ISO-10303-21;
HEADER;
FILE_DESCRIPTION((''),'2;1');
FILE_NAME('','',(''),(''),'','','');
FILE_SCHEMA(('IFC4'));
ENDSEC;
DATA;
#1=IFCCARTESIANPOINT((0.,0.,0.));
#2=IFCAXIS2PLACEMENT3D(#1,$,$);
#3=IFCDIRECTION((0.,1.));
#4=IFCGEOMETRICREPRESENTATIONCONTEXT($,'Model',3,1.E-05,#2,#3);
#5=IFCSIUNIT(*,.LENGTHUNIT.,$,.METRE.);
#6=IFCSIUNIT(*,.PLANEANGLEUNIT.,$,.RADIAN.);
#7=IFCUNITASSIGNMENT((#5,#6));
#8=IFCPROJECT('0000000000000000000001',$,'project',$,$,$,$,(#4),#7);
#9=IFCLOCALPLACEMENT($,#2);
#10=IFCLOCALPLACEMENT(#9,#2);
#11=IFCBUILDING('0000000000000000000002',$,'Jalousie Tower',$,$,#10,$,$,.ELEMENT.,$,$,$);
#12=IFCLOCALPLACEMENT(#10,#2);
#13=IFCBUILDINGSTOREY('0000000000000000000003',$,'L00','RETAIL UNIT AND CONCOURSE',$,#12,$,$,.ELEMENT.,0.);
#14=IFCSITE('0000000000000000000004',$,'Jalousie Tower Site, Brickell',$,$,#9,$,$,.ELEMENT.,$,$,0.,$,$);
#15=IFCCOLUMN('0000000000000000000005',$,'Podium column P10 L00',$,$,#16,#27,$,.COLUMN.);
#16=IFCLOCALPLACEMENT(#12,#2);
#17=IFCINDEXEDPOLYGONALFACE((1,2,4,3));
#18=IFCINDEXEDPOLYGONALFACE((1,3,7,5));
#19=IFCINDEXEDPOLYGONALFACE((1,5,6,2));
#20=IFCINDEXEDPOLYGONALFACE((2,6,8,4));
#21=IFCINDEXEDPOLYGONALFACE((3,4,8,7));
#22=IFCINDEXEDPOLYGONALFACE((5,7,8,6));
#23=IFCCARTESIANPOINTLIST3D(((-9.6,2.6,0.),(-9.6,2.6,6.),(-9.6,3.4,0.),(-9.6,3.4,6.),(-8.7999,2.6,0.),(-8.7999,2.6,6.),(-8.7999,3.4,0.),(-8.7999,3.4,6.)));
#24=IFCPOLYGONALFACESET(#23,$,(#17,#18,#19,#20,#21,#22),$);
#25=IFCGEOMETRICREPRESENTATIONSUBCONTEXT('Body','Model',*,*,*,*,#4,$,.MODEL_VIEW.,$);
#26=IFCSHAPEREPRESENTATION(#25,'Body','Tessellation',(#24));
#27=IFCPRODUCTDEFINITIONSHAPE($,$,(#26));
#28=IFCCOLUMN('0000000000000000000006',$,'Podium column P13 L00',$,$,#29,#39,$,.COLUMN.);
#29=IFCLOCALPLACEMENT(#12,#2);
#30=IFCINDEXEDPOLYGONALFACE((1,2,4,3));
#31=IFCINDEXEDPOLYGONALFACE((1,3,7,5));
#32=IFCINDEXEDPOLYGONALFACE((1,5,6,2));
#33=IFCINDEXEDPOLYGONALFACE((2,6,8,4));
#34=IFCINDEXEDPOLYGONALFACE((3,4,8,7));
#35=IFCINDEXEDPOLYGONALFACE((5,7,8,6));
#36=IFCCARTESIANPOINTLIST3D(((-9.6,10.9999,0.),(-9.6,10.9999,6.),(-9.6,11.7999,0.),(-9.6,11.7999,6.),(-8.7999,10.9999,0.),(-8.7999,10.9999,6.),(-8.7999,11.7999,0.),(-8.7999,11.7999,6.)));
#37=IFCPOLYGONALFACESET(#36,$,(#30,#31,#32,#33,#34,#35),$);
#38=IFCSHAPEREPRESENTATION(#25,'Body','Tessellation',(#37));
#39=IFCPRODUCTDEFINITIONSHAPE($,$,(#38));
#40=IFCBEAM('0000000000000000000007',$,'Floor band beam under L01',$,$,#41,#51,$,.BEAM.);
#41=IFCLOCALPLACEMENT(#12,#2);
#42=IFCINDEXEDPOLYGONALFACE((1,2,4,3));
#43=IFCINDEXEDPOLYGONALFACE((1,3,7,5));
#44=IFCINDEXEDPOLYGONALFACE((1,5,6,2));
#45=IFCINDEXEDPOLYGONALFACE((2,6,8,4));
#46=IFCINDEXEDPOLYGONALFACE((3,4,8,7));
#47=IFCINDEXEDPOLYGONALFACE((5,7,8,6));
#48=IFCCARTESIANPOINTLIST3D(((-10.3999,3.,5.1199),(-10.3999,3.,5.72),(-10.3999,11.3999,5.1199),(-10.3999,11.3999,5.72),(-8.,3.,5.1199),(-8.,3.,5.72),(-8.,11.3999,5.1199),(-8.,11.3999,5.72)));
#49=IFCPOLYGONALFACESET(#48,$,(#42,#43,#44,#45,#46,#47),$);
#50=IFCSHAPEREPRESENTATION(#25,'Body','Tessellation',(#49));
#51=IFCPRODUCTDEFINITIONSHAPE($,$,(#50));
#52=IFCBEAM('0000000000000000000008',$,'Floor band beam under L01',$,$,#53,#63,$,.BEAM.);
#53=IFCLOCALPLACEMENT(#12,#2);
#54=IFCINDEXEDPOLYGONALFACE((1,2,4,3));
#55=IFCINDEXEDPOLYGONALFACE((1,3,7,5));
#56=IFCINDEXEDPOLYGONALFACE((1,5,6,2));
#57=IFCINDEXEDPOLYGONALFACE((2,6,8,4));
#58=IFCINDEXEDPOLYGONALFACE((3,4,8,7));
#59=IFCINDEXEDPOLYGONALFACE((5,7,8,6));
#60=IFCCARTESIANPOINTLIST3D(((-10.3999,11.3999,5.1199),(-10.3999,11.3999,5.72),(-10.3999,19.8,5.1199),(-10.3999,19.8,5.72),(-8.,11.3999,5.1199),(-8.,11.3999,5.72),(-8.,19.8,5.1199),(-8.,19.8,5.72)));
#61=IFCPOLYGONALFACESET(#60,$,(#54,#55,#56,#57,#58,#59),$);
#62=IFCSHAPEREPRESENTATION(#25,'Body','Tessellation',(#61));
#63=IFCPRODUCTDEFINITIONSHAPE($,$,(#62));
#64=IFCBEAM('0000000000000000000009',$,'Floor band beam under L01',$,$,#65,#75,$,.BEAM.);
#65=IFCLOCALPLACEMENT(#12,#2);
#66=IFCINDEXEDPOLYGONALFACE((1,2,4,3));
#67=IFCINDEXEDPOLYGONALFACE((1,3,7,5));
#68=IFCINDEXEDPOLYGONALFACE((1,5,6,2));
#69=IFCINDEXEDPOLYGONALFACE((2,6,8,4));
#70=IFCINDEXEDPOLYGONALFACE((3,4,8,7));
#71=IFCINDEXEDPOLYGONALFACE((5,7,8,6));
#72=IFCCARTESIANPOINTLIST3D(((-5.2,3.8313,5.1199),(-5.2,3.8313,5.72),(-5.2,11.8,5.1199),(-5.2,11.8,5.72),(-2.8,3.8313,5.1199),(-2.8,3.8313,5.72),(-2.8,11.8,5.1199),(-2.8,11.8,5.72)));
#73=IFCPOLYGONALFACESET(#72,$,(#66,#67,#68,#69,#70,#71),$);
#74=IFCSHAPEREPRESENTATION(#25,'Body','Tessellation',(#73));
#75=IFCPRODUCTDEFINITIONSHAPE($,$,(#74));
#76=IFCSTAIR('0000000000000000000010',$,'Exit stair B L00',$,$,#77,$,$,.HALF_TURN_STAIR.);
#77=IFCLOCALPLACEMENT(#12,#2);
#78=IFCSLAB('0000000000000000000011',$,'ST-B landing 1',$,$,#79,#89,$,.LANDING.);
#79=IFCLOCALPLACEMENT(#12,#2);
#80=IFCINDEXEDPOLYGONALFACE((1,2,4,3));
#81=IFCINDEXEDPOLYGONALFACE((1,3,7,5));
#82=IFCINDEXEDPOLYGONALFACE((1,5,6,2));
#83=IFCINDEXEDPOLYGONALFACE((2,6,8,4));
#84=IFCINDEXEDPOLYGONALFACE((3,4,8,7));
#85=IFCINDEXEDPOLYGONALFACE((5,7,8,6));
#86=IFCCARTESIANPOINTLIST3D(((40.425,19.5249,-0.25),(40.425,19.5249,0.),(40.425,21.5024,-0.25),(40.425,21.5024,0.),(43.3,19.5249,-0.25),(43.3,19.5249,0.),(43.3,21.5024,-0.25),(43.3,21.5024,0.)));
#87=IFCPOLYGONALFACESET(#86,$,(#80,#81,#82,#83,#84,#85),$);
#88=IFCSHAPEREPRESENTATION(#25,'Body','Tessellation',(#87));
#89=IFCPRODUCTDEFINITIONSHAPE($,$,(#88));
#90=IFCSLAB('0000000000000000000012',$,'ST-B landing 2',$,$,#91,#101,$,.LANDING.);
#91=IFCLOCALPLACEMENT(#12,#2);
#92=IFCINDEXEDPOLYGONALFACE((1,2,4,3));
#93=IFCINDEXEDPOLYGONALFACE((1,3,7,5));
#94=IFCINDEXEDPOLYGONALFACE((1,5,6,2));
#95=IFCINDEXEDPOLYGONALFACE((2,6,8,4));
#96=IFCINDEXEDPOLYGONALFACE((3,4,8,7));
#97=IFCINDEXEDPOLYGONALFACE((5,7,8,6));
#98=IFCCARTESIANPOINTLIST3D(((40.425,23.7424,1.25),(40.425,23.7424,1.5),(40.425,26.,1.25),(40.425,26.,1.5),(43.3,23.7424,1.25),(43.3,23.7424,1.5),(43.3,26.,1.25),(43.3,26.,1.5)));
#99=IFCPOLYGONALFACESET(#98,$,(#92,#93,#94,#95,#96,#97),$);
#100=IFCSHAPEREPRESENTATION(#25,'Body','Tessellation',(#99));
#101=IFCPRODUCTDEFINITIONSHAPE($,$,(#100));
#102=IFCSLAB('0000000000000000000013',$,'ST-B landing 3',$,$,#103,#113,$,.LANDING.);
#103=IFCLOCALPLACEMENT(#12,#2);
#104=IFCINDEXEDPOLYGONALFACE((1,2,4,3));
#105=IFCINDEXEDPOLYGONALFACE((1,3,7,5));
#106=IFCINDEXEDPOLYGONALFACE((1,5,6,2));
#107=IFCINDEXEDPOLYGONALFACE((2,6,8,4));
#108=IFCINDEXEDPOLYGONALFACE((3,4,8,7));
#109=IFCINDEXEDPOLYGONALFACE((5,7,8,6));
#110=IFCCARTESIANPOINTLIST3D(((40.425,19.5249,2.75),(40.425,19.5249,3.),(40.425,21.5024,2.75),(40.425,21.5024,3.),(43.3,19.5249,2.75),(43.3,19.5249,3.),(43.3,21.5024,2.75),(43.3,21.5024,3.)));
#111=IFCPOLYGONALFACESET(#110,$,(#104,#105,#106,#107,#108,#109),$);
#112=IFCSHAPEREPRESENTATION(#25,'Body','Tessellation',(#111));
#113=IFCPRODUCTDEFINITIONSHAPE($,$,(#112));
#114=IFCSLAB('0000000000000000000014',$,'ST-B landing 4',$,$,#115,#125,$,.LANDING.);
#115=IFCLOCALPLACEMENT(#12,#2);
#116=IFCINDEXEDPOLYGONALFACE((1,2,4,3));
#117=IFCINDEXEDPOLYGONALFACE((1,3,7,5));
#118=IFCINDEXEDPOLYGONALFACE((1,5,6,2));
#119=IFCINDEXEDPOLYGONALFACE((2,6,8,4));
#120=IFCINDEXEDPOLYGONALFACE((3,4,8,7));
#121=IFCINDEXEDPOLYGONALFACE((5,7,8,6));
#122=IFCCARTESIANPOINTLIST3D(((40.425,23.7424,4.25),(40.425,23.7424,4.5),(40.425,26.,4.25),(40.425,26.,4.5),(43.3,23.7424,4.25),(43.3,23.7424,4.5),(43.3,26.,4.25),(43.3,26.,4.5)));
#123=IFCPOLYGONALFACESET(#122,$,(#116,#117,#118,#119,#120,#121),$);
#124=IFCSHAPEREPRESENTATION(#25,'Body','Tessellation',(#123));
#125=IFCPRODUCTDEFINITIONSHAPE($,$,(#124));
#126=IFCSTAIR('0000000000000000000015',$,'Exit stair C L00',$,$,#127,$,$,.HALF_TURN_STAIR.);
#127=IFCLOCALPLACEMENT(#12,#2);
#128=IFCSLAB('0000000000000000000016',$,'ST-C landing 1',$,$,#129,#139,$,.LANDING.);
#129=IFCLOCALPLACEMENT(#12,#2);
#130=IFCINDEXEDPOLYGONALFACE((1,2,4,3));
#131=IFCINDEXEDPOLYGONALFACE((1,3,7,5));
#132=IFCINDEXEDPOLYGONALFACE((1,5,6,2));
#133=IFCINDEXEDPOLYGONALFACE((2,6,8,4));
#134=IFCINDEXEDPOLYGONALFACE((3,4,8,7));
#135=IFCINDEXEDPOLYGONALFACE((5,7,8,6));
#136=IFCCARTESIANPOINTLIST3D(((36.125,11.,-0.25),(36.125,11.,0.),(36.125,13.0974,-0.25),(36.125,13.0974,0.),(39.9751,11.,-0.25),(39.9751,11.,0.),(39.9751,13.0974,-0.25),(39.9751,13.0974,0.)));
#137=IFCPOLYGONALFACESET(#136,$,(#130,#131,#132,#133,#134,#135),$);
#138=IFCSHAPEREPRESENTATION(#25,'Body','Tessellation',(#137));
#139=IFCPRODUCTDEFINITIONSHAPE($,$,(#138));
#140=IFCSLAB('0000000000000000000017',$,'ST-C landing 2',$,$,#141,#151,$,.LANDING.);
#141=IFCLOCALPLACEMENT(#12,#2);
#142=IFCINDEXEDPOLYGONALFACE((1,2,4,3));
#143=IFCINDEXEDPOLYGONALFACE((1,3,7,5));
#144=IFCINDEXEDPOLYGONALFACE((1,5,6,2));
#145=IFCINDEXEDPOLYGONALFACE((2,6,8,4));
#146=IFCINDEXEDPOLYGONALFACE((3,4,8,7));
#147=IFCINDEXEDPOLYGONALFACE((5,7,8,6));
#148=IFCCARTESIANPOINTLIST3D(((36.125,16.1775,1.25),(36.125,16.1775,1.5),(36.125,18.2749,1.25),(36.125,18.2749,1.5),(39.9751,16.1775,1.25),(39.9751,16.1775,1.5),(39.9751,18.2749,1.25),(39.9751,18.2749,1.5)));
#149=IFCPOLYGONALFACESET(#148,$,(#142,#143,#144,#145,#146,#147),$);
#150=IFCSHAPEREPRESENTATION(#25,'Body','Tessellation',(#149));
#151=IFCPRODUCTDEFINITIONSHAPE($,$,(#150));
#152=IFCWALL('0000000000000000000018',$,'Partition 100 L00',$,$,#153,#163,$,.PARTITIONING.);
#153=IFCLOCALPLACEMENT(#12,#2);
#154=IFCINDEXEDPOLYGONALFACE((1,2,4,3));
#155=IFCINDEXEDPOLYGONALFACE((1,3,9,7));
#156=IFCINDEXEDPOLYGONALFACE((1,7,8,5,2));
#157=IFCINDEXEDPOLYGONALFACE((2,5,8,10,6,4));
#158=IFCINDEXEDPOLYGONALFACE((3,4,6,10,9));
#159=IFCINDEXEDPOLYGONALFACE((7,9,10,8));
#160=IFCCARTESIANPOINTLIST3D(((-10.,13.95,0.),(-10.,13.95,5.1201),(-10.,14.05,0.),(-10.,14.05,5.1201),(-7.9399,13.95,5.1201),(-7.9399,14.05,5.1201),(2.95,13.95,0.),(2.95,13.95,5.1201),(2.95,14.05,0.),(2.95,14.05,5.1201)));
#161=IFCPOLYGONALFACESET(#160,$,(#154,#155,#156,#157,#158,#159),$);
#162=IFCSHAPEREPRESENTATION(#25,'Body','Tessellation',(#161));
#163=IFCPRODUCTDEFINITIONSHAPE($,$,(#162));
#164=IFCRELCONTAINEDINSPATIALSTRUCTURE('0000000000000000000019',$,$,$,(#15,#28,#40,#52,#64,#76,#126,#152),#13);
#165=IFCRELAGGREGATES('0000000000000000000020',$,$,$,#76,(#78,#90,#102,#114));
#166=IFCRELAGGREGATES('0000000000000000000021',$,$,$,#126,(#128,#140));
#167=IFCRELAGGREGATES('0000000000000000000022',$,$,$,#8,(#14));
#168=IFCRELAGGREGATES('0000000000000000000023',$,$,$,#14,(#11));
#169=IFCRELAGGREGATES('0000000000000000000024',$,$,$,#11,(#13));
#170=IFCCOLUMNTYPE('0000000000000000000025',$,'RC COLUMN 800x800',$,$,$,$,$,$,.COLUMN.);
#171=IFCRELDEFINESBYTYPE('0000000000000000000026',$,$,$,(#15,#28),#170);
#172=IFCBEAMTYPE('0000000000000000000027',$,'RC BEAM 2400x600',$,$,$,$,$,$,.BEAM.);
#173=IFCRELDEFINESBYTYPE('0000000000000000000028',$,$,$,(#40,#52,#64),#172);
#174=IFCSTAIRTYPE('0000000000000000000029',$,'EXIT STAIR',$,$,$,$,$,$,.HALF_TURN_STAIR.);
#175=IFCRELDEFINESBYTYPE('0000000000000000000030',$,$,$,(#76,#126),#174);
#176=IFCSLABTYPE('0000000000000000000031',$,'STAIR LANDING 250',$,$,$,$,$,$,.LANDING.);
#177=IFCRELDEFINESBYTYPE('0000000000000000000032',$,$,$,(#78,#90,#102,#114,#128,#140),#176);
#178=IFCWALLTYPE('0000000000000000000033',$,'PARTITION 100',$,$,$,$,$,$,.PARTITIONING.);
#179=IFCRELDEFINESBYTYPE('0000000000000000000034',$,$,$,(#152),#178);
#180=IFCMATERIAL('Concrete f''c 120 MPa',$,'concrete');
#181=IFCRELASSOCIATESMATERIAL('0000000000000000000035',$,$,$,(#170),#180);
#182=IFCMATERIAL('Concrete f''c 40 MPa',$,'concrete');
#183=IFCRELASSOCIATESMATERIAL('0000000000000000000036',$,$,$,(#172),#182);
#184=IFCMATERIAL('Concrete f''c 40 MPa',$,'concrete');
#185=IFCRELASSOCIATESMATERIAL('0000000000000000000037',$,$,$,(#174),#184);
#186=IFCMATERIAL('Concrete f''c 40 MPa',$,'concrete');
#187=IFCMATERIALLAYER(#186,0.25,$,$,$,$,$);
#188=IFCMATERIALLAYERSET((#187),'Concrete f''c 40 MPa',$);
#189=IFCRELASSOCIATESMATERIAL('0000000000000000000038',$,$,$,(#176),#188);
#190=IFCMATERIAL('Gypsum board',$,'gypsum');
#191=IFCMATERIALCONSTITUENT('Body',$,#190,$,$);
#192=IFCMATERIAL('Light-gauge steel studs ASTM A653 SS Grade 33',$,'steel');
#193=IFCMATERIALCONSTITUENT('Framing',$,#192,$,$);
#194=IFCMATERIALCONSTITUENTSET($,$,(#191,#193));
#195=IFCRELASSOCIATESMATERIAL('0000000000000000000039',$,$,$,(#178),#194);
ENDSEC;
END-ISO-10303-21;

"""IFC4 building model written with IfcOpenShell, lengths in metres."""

from ifc_helpers import new_model, si_unit, direction, frame, origin, origin_2d, place, context, subcontext, project, spatial, polyline, rectangle, outline, extrude, material, layer, layer_set, constituent, constituent_set, material_profile, profile_set, type_object, element, aggregate, save


model = new_model("IFC4")

# Units and contexts
model_context = context("Model", 3, precision=1e-05, world=origin(), true_north=direction((0.0, 1.0)))
body_context = subcontext(model_context, "Body", "Model", "MODEL_VIEW")
ifc_project = project(units=[si_unit("LENGTHUNIT", "METRE"), si_unit("PLANEANGLEUNIT", "RADIAN")], contexts=[model_context])

# Site, building, storey
site_placement = place(None, origin())
site = spatial("IfcSite", under=ifc_project, at=site_placement, Name="Jalousie Tower Site, Brickell", CompositionType="ELEMENT", RefElevation=0.0)
building_placement = place(site_placement, origin())
building = spatial("IfcBuilding", under=site, at=building_placement, Name="Jalousie Tower", CompositionType="ELEMENT")
storey_placement = place(building_placement, origin())
storey = spatial("IfcBuildingStorey", under=building, at=storey_placement, Name="L00", Description="RETAIL UNIT AND CONCOURSE", CompositionType="ELEMENT", Elevation=0.0)

# Columns
ifc_material_1 = material(Name="Concrete f'c 120 MPa", Category="concrete")
ifc_material_profile_1 = material_profile(ifc_material_1, rectangle(XDim=0.8, YDim=0.8, at=origin_2d()), Name="RC 800x800")
ifc_profile_set_1 = profile_set([ifc_material_profile_1], Name="Concrete f'c 120 MPa")
column_type = type_object("IfcColumnType", Name="RC COLUMN 800x800", PredefinedType="COLUMN", material=ifc_profile_set_1)
for number, where, z_axis, x_axis, name in (
    (1, (-9.2, 3.0, 0.0), (0.0, 0.0, 1.0), (1.0, 0.0, 0.0), "Podium column P10 L00"),
    (2, (-9.2, 11.3999, 0.0), (0.0, 0.0, 1.0), (1.0, 0.0, 0.0), "Podium column P13 L00"),
):
    element("IfcColumn", number, at=place(storey_placement, frame(where, z_axis=z_axis, x_axis=x_axis)), inside=storey, type_object=column_type, Name=name, PredefinedType="COLUMN", context=body_context, shape_type="SweptSolid", body=[
        extrude(rectangle(XDim=0.8, YDim=0.8, at=origin_2d()), origin(), (0.0, 0.0, 1.0), 6.0),
    ])

# Beams
ifc_material_2 = material(Name="Concrete f'c 40 MPa", Category="concrete")
ifc_material_profile_2 = material_profile(ifc_material_2, rectangle(XDim=2.3999, YDim=0.6001, at=origin_2d()), Name="RC 2400x600")
ifc_profile_set_2 = profile_set([ifc_material_profile_2], Name="Concrete f'c 40 MPa")
beam_type = type_object("IfcBeamType", Name="RC BEAM 2400x600", PredefinedType="BEAM", material=ifc_profile_set_2)
beam_1_placement = place(storey_placement, frame((-9.2, 3.0, 5.4199), z_axis=(0.0, 1.0, 0.0), x_axis=(-1.0, 0.0, 0.0)))
element("IfcBeam", 3, at=beam_1_placement, inside=storey, type_object=beam_type, Name="Floor band beam under L01", PredefinedType="BEAM", context=body_context, shape_type="SweptSolid", body=[
    extrude(rectangle(XDim=2.3999, YDim=0.6001, at=origin_2d()), origin(), (0.0, 0.0, 1.0), 8.3999),
])
beam_2_placement = place(storey_placement, frame((-9.2, 11.3999, 5.4199), z_axis=(0.0, 1.0, 0.0), x_axis=(-1.0, 0.0, 0.0)))
element("IfcBeam", 4, at=beam_2_placement, inside=storey, type_object=beam_type, Name="Floor band beam under L01", PredefinedType="BEAM", context=body_context, shape_type="SweptSolid", body=[
    extrude(rectangle(XDim=2.3999, YDim=0.6001, at=origin_2d()), origin(), (0.0, 0.0, 1.0), 8.4001),
])
beam_3_placement = place(storey_placement, frame((-4.0, 3.8313, 5.4199), z_axis=(0.0, 1.0, 0.0), x_axis=(-1.0, 0.0, 0.0)))
element("IfcBeam", 5, at=beam_3_placement, inside=storey, type_object=beam_type, Name="Floor band beam under L01", PredefinedType="BEAM", context=body_context, shape_type="SweptSolid", body=[
    extrude(rectangle(XDim=2.3999, YDim=0.6001, at=origin_2d()), origin(), (0.0, 0.0, 1.0), 7.9688),
])

# Stairs, slabs
ifc_material_3 = material(Name="Concrete f'c 40 MPa", Category="concrete")
stair_type = type_object("IfcStairType", Name="EXIT STAIR", PredefinedType="HALF_TURN_STAIR", material=ifc_material_3)
stair_1_placement = place(storey_placement, origin())
stair_1 = element("IfcStair", 6, at=stair_1_placement, inside=storey, type_object=stair_type, Name="Exit stair B L00", PredefinedType="HALF_TURN_STAIR")
ifc_material_4 = material(Name="Concrete f'c 40 MPa", Category="concrete")
ifc_layer = layer(ifc_material_4, 0.25)
ifc_layer_set = layer_set([ifc_layer], Name="Concrete f'c 40 MPa")
slab_type = type_object("IfcSlabType", Name="STAIR LANDING 250", PredefinedType="LANDING", material=ifc_layer_set)
slab_1_placement = place(storey_placement, frame((0.0, 0.0, -0.25)))
slab_1 = element("IfcSlab", 7, at=slab_1_placement, type_object=slab_type, Name="ST-B landing 1", PredefinedType="LANDING", context=body_context, shape_type="SweptSolid", body=[
    extrude(outline(polyline([(40.425, 19.5249), (43.3, 19.5249), (43.3, 21.5024), (40.425, 21.5024), (40.425, 19.5249)])), origin(), (0.0, 0.0, 1.0), 0.25),
])
slab_2_placement = place(storey_placement, frame((0.0, 0.0, 1.25)))
slab_2 = element("IfcSlab", 8, at=slab_2_placement, type_object=slab_type, Name="ST-B landing 2", PredefinedType="LANDING", context=body_context, shape_type="SweptSolid", body=[
    extrude(outline(polyline([(40.425, 23.7424), (43.3, 23.7424), (43.3, 26.0), (40.425, 26.0), (40.425, 23.7424)])), origin(), (0.0, 0.0, 1.0), 0.25),
])
slab_3_placement = place(storey_placement, frame((0.0, 0.0, 2.75)))
slab_3 = element("IfcSlab", 9, at=slab_3_placement, type_object=slab_type, Name="ST-B landing 3", PredefinedType="LANDING", context=body_context, shape_type="SweptSolid", body=[
    extrude(outline(polyline([(40.425, 19.5249), (43.3, 19.5249), (43.3, 21.5024), (40.425, 21.5024), (40.425, 19.5249)])), origin(), (0.0, 0.0, 1.0), 0.25),
])
slab_4_placement = place(storey_placement, frame((0.0, 0.0, 4.25)))
slab_4 = element("IfcSlab", 10, at=slab_4_placement, type_object=slab_type, Name="ST-B landing 4", PredefinedType="LANDING", context=body_context, shape_type="SweptSolid", body=[
    extrude(outline(polyline([(40.425, 23.7424), (43.3, 23.7424), (43.3, 26.0), (40.425, 26.0), (40.425, 23.7424)])), origin(), (0.0, 0.0, 1.0), 0.25),
])
aggregate(stair_1, [slab_1, slab_2, slab_3, slab_4])
stair_2_placement = place(storey_placement, origin())
stair_2 = element("IfcStair", 11, at=stair_2_placement, inside=storey, type_object=stair_type, Name="Exit stair C L00", PredefinedType="HALF_TURN_STAIR")
slab_5_placement = place(storey_placement, frame((0.0, 0.0, -0.25)))
slab_5 = element("IfcSlab", 12, at=slab_5_placement, type_object=slab_type, Name="ST-C landing 1", PredefinedType="LANDING", context=body_context, shape_type="SweptSolid", body=[
    extrude(outline(polyline([(36.125, 11.0), (39.9751, 11.0), (39.9751, 13.0974), (36.125, 13.0974), (36.125, 11.0)])), origin(), (0.0, 0.0, 1.0), 0.25),
])
slab_6_placement = place(storey_placement, frame((0.0, 0.0, 1.25)))
slab_6 = element("IfcSlab", 13, at=slab_6_placement, type_object=slab_type, Name="ST-C landing 2", PredefinedType="LANDING", context=body_context, shape_type="SweptSolid", body=[
    extrude(outline(polyline([(36.125, 16.1775), (39.9751, 16.1775), (39.9751, 18.2749), (36.125, 18.2749), (36.125, 16.1775)])), origin(), (0.0, 0.0, 1.0), 0.25),
])
aggregate(stair_2, [slab_5, slab_6])

# Wall
ifc_material_5 = material(Name="Gypsum board", Category="gypsum")
ifc_constituent_1 = constituent(ifc_material_5, Name="Body")
ifc_material_6 = material(Name="Light-gauge steel studs ASTM A653 SS Grade 33", Category="steel")
ifc_constituent_2 = constituent(ifc_material_6, Name="Framing")
ifc_constituent_set = constituent_set(constituents=[ifc_constituent_1, ifc_constituent_2])
wall_type = type_object("IfcWallType", Name="PARTITION 100", PredefinedType="PARTITIONING", material=ifc_constituent_set)
wall_placement = place(storey_placement, frame((-10.0, 14.0, 0.0), z_axis=(0.0, 0.0, 1.0), x_axis=(1.0, 0.0, 0.0)))
element("IfcWall", 14, at=wall_placement, inside=storey, type_object=wall_type, Name="Partition 100 L00", PredefinedType="PARTITIONING", context=body_context, shape_type="SweptSolid", body=[
    extrude(outline(polyline([(0.0, 0.0), (12.95, 0.0), (12.95, 5.72), (12.95, 5.1201), (2.0601, 5.1201), (0.0, 5.1201), (0.0, 5.72), (0.0, 0.0)])), frame((0.0, 0.05, 0.0), z_axis=(0.0, -1.0, 0.0), x_axis=(1.0, 0.0, 0.0)), (0.0, 0.0, 1.0), 0.1001),
])

save(model, "model.ifc")
